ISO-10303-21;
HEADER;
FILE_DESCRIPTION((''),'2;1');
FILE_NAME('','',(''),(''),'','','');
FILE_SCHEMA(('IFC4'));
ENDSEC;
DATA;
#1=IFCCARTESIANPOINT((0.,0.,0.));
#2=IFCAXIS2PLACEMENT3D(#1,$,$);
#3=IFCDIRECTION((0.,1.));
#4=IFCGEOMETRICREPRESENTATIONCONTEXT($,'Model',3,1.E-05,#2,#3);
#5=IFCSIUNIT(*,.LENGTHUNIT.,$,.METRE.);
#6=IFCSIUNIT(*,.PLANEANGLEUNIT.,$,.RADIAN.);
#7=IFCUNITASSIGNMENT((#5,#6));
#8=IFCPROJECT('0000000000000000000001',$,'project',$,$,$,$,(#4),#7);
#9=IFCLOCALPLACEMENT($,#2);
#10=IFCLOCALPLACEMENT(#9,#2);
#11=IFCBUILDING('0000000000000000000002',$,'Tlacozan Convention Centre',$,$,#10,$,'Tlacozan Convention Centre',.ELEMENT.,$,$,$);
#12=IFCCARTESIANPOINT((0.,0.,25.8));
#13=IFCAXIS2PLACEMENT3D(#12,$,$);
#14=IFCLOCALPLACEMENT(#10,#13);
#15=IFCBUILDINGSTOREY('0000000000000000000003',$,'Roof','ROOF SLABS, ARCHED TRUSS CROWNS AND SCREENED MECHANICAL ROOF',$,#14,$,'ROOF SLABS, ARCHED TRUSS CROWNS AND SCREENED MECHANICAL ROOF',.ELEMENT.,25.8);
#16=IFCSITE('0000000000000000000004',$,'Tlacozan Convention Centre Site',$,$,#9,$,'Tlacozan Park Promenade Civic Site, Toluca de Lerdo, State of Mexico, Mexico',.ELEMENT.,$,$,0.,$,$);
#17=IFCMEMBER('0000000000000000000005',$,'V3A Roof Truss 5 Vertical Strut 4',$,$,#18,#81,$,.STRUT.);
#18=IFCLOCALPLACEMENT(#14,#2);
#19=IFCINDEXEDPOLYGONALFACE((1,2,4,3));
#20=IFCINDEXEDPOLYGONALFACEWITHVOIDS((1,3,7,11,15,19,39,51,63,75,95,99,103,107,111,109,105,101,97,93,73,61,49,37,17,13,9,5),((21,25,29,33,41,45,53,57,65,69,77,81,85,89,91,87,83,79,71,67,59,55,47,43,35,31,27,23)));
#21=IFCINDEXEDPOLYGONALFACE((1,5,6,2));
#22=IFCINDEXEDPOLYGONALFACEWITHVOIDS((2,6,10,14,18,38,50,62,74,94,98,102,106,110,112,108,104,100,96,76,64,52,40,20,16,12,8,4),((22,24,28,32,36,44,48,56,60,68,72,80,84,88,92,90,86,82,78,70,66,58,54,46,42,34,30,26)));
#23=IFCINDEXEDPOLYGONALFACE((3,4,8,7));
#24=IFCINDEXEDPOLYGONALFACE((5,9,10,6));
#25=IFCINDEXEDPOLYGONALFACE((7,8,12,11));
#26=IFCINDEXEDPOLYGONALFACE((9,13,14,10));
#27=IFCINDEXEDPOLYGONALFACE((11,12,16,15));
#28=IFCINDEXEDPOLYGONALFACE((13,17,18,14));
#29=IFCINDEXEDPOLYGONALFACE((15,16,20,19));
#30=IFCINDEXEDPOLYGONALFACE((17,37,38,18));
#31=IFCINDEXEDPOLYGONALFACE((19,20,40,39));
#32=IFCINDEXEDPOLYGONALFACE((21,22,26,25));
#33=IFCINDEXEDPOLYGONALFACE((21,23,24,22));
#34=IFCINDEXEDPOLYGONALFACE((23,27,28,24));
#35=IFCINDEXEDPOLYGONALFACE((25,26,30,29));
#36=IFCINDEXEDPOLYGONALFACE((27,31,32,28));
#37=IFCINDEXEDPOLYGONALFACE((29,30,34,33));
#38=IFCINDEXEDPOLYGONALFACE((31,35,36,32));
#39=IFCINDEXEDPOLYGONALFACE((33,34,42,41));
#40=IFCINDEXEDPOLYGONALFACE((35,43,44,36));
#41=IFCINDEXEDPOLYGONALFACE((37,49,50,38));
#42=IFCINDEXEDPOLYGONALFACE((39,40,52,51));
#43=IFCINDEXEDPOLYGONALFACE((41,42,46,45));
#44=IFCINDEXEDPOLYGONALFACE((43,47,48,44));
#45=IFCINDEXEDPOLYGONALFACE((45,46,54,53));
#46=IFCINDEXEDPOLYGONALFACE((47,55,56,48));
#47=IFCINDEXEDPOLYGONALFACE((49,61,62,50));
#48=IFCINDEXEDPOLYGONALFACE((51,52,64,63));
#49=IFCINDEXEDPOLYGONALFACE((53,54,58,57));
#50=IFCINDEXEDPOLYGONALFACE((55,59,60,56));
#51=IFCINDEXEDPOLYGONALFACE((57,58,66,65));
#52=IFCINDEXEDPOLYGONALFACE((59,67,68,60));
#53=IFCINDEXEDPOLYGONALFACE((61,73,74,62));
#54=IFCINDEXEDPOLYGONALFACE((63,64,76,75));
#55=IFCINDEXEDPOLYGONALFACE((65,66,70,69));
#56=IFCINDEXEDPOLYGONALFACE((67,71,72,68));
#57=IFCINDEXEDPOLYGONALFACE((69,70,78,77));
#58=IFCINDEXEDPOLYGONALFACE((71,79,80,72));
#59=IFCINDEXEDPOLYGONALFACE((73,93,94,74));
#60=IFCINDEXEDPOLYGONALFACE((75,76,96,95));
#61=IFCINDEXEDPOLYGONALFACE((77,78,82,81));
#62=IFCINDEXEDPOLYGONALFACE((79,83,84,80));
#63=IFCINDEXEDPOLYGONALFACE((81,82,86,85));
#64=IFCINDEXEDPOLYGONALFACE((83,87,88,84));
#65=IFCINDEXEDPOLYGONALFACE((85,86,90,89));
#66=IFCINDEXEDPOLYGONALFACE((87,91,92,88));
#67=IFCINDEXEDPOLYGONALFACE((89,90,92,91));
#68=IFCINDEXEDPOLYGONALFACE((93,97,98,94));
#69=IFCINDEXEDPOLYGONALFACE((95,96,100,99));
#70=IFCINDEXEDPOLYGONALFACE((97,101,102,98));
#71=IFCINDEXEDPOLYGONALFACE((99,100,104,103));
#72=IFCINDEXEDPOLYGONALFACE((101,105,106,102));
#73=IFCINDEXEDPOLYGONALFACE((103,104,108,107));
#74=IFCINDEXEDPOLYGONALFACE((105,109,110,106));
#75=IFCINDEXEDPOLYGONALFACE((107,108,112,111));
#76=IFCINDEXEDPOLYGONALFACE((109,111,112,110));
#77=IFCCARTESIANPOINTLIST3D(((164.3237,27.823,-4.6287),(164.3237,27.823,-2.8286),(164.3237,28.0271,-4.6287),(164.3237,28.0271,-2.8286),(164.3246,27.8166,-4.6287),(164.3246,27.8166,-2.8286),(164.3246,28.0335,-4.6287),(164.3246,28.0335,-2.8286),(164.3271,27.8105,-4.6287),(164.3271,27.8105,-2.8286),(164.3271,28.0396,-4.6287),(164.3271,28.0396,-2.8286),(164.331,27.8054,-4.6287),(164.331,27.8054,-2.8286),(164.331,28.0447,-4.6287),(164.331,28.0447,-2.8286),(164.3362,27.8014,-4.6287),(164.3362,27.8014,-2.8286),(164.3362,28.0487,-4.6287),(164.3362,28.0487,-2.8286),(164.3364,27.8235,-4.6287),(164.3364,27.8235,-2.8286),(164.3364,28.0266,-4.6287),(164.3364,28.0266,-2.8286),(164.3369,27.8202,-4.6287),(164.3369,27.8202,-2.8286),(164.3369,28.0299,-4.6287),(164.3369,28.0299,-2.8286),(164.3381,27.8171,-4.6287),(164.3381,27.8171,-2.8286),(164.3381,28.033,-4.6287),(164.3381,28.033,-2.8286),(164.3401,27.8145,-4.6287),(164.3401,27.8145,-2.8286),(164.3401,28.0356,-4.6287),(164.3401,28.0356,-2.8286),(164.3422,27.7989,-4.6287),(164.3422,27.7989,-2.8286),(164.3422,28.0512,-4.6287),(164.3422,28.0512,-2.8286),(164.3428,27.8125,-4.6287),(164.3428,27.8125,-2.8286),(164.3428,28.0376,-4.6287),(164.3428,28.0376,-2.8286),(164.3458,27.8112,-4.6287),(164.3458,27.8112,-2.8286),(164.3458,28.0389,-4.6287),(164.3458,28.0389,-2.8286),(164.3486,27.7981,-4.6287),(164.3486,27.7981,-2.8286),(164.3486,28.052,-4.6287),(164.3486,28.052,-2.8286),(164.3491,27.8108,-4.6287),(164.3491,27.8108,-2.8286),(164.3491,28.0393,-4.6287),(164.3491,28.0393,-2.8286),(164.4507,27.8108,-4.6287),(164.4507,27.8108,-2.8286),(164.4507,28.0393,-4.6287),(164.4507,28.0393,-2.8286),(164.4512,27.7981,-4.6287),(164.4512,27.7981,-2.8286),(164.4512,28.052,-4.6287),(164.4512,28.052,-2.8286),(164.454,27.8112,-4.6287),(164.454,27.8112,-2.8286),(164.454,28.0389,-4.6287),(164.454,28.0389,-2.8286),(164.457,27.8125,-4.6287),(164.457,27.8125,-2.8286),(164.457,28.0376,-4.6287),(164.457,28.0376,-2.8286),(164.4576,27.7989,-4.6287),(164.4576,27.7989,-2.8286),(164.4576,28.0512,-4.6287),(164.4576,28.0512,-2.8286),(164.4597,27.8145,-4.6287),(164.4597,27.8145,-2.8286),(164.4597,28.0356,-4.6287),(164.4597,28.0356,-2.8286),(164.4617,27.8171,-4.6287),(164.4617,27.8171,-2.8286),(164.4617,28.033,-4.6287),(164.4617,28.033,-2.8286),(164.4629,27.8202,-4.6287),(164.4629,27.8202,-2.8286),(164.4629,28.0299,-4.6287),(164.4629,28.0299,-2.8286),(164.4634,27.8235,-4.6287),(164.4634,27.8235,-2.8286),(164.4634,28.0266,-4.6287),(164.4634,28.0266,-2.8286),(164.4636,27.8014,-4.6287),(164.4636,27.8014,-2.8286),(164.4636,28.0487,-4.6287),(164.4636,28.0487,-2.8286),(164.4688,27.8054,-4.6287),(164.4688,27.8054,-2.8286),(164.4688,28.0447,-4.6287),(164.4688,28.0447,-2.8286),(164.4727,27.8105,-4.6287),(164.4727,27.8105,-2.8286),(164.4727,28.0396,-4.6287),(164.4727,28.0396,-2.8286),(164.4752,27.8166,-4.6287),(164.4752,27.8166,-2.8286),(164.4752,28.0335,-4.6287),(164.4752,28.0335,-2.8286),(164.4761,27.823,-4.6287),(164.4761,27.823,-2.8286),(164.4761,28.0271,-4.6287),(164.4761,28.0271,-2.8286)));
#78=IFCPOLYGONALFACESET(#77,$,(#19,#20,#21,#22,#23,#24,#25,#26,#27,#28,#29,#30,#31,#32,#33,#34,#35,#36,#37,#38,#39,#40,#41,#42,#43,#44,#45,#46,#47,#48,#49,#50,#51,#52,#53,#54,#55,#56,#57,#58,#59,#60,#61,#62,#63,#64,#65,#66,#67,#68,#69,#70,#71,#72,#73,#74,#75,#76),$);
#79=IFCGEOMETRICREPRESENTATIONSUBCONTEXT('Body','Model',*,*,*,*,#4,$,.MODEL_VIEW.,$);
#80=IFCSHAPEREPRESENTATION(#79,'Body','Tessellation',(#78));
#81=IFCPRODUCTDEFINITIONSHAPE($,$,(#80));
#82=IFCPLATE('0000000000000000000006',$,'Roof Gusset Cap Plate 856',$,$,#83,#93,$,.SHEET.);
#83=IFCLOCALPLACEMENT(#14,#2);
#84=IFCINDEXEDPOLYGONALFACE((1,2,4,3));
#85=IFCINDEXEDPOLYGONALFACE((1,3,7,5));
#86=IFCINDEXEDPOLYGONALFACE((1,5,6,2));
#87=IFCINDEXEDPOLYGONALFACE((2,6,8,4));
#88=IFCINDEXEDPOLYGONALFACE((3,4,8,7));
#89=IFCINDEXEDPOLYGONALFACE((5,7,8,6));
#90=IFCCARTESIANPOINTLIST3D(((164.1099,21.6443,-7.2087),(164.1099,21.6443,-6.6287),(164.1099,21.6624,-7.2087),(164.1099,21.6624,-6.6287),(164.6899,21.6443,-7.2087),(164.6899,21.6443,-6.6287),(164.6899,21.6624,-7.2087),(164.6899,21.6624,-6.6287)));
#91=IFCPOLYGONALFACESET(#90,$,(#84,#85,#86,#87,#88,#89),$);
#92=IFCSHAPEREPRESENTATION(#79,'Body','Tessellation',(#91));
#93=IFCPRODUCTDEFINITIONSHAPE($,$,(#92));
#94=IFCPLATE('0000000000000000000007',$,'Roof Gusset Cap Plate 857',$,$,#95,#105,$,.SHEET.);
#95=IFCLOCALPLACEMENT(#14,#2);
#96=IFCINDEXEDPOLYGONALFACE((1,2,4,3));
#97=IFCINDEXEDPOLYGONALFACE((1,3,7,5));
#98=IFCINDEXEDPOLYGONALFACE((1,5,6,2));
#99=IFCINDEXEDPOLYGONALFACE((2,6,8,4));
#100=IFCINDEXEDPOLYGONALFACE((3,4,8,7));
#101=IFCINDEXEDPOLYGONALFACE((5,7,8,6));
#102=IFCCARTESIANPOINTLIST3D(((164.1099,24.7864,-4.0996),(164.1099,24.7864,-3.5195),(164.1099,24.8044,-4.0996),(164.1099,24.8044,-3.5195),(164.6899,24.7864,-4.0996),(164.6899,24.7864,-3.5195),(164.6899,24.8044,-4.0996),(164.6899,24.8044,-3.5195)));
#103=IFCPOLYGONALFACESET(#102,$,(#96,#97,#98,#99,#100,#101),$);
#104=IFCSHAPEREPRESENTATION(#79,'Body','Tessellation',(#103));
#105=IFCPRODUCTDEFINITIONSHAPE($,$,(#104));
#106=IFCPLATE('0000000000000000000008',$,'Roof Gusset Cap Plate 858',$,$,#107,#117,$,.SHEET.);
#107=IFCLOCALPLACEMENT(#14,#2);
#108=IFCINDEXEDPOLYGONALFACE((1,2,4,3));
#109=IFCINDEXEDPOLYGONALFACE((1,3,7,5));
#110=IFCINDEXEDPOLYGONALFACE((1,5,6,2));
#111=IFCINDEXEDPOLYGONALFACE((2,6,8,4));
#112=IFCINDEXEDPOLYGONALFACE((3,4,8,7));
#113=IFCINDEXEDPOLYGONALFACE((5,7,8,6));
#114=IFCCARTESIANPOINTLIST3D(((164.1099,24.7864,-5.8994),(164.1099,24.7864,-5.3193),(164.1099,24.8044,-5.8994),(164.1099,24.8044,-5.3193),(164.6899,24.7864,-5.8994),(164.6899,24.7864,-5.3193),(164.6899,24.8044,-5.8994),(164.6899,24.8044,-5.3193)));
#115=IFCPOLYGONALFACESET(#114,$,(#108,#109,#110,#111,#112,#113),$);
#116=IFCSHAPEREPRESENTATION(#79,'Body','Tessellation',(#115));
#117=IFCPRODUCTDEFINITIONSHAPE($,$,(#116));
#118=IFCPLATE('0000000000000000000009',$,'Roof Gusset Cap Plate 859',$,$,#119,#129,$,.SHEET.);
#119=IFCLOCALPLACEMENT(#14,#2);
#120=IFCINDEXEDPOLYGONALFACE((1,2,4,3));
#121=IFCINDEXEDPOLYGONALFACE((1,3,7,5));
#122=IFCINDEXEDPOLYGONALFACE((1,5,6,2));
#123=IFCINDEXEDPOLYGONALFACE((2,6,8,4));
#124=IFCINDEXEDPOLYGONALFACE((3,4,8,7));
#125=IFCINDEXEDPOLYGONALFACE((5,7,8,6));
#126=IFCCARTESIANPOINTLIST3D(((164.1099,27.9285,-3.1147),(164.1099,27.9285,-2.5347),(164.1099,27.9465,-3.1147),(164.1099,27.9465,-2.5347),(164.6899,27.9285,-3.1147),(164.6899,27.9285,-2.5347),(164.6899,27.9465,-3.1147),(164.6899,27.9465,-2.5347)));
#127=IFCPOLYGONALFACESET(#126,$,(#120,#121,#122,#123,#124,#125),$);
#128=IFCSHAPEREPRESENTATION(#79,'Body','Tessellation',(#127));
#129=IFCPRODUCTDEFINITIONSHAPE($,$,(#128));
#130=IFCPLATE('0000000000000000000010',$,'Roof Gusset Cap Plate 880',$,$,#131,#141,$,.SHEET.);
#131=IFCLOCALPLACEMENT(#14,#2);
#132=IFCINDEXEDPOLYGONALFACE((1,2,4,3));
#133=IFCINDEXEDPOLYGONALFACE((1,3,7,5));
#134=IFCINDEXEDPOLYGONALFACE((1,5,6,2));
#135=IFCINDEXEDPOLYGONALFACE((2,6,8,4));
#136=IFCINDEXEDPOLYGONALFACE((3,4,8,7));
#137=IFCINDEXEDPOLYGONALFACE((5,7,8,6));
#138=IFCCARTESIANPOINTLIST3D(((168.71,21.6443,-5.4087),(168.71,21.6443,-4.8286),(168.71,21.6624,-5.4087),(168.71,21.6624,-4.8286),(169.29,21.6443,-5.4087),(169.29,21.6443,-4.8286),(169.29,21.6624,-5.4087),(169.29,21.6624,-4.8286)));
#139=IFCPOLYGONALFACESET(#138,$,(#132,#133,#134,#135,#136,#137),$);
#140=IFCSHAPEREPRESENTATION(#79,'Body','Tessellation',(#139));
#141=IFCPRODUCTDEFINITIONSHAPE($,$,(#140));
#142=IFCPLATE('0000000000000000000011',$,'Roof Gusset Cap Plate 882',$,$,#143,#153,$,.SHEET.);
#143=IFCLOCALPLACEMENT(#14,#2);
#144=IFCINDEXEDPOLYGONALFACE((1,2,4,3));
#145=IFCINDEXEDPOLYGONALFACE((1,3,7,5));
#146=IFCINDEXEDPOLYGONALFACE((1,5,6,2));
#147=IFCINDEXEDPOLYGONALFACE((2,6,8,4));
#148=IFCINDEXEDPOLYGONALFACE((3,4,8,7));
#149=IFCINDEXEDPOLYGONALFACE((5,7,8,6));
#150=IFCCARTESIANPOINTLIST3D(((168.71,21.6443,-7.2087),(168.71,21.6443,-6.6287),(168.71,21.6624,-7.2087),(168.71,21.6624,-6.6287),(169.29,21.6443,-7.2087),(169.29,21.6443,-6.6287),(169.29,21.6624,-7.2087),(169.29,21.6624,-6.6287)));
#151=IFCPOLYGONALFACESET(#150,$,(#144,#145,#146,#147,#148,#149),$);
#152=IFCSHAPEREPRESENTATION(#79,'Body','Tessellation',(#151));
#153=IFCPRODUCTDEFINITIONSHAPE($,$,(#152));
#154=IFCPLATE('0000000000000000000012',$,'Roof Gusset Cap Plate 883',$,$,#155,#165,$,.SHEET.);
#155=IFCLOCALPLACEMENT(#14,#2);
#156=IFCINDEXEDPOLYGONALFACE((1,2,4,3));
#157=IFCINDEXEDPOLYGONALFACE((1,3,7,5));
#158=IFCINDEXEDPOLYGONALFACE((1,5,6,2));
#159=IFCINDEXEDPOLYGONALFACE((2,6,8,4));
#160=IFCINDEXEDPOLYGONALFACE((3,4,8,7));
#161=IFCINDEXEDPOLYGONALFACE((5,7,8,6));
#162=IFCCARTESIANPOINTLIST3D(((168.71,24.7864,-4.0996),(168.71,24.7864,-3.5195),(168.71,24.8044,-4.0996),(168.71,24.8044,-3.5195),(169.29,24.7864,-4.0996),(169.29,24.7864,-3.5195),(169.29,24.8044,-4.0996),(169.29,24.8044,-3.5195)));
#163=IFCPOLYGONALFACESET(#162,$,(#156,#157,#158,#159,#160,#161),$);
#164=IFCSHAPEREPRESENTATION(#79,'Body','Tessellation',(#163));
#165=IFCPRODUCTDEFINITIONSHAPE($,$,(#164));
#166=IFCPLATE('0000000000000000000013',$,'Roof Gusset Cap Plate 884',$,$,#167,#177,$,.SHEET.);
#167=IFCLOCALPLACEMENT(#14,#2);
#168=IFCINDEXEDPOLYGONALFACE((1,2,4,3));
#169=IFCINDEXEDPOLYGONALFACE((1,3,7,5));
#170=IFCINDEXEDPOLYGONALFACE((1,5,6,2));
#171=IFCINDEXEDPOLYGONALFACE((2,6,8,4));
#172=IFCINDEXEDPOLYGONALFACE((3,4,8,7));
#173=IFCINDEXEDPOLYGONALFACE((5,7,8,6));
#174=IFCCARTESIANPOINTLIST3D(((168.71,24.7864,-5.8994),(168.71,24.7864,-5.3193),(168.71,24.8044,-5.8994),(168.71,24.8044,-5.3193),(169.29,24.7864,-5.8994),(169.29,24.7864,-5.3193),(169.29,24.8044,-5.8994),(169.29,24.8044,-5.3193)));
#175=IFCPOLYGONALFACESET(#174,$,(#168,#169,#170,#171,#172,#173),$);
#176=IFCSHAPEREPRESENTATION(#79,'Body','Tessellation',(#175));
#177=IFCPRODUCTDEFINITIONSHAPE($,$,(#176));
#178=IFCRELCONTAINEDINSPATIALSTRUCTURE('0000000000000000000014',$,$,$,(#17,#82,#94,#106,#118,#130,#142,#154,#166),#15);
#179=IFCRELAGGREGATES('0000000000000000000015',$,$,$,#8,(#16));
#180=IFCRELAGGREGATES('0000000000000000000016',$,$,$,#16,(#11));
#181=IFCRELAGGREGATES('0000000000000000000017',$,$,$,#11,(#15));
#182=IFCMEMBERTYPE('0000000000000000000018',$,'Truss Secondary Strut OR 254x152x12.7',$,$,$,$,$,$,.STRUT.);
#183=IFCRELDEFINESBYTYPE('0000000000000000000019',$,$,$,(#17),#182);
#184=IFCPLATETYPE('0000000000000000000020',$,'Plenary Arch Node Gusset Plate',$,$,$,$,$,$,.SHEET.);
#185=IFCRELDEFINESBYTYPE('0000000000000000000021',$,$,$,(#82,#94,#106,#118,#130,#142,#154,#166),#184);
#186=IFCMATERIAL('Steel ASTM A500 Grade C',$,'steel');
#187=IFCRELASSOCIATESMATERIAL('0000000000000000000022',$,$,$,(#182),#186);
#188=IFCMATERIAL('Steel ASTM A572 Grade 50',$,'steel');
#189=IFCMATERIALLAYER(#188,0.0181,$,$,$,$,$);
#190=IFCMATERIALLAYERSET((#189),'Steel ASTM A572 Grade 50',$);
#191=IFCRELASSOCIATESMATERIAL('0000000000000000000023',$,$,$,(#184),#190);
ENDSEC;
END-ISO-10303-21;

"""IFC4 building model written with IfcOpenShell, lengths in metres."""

from ifc_helpers import new_model, si_unit, direction, frame, origin, origin_2d, place, context, subcontext, project, spatial, rectangle, hollow_rectangle, extrude, material, layer, layer_set, material_profile, profile_set, type_object, element, save


model = new_model("IFC4")

# Units and contexts
model_context = context("Model", 3, precision=1e-05, world=origin(), true_north=direction((0.0, 1.0)))
body_context = subcontext(model_context, "Body", "Model", "MODEL_VIEW")
ifc_project = project(units=[si_unit("LENGTHUNIT", "METRE"), si_unit("PLANEANGLEUNIT", "RADIAN")], contexts=[model_context])

# Site, building, storey
site_placement = place(None, origin())
site = spatial("IfcSite", under=ifc_project, at=site_placement, Name="Tlacozan Convention Centre Site", LongName="Tlacozan Park Promenade Civic Site, Toluca de Lerdo, State of Mexico, Mexico", CompositionType="ELEMENT", RefElevation=0.0)
building_placement = place(site_placement, origin())
building = spatial("IfcBuilding", under=site, at=building_placement, Name="Tlacozan Convention Centre", LongName="Tlacozan Convention Centre", CompositionType="ELEMENT")
storey_placement = place(building_placement, frame((0.0, 0.0, 25.8)))
storey = spatial("IfcBuildingStorey", under=building, at=storey_placement, Name="Roof", Description="ROOF SLABS, ARCHED TRUSS CROWNS AND SCREENED MECHANICAL ROOF", LongName="ROOF SLABS, ARCHED TRUSS CROWNS AND SCREENED MECHANICAL ROOF", CompositionType="ELEMENT", Elevation=25.8)

# Member
ifc_material_1 = material(Name="Steel ASTM A500 Grade C", Category="steel")
ifc_material_profile_1 = material_profile(ifc_material_1, hollow_rectangle(XDim=0.1523, YDim=0.2539, WallThickness=0.0127, InnerFilletRadius=0.0127, OuterFilletRadius=0.0249, at=origin_2d()), Name="OR 254x152x12.7")
ifc_profile_set_1 = profile_set([ifc_material_profile_1], Name="Steel ASTM A500 Grade C")
member_type_1 = type_object("IfcMemberType", Name="Truss Secondary Strut OR 254x152x12.7", PredefinedType="STRUT", material=ifc_profile_set_1)
member_1_placement = place(storey_placement, frame((164.3999, 27.925, -4.6287), z_axis=(0.0, 0.0, 1.0), x_axis=(1.0, 0.0, 0.0)))
element("IfcMember", 1, at=member_1_placement, inside=storey, type_object=member_type_1, Name="V3A Roof Truss 5 Vertical Strut 4", PredefinedType="STRUT", context=body_context, shape_type="SweptSolid", body=[
    extrude(hollow_rectangle(XDim=0.1523, YDim=0.2539, WallThickness=0.0127, InnerFilletRadius=0.0127, OuterFilletRadius=0.0249, at=origin_2d()), origin(), (0.0, 0.0, 1.0), 1.8),
])

# Plates
ifc_material_2 = material(Name="Steel ASTM A572 Grade 50", Category="steel")
ifc_layer = layer(ifc_material_2, 0.0181)
ifc_layer_set = layer_set([ifc_layer], Name="Steel ASTM A572 Grade 50")
plate_type = type_object("IfcPlateType", Name="Plenary Arch Node Gusset Plate", PredefinedType="SHEET", material=ifc_layer_set)
for number, where, z_axis, x_axis, name in (
    (2, (164.3999, 21.6533, -7.2087), (0.0, 0.0, 1.0), (0.0, 1.0, 0.0), "Roof Gusset Cap Plate 856"),
    (3, (164.3999, 24.7954, -4.0996), (0.0, 0.0, 1.0), (0.0, 1.0, 0.0), "Roof Gusset Cap Plate 857"),
    (4, (164.3999, 24.7954, -5.8994), (0.0, 0.0, 1.0), (0.0, 1.0, 0.0), "Roof Gusset Cap Plate 858"),
    (5, (164.3999, 27.9375, -3.1147), (0.0, 0.0, 1.0), (0.0, 1.0, 0.0), "Roof Gusset Cap Plate 859"),
    (6, (169.0, 21.6533, -5.4087), (0.0, 0.0, 1.0), (0.0, 1.0, 0.0), "Roof Gusset Cap Plate 880"),
    (7, (169.0, 21.6533, -7.2087), (0.0, 0.0, 1.0), (0.0, 1.0, 0.0), "Roof Gusset Cap Plate 882"),
    (8, (169.0, 24.7954, -4.0996), (0.0, 0.0, 1.0), (0.0, 1.0, 0.0), "Roof Gusset Cap Plate 883"),
    (9, (169.0, 24.7954, -5.8994), (0.0, 0.0, 1.0), (0.0, 1.0, 0.0), "Roof Gusset Cap Plate 884"),
):
    element("IfcPlate", number, at=place(storey_placement, frame(where, z_axis=z_axis, x_axis=x_axis)), inside=storey, type_object=plate_type, Name=name, PredefinedType="SHEET", context=body_context, shape_type="SweptSolid", body=[
        extrude(rectangle(XDim=0.0181, YDim=0.5801, at=origin_2d()), origin(), (0.0, 0.0, 1.0), 0.5801),
    ])

save(model, "model.ifc")
